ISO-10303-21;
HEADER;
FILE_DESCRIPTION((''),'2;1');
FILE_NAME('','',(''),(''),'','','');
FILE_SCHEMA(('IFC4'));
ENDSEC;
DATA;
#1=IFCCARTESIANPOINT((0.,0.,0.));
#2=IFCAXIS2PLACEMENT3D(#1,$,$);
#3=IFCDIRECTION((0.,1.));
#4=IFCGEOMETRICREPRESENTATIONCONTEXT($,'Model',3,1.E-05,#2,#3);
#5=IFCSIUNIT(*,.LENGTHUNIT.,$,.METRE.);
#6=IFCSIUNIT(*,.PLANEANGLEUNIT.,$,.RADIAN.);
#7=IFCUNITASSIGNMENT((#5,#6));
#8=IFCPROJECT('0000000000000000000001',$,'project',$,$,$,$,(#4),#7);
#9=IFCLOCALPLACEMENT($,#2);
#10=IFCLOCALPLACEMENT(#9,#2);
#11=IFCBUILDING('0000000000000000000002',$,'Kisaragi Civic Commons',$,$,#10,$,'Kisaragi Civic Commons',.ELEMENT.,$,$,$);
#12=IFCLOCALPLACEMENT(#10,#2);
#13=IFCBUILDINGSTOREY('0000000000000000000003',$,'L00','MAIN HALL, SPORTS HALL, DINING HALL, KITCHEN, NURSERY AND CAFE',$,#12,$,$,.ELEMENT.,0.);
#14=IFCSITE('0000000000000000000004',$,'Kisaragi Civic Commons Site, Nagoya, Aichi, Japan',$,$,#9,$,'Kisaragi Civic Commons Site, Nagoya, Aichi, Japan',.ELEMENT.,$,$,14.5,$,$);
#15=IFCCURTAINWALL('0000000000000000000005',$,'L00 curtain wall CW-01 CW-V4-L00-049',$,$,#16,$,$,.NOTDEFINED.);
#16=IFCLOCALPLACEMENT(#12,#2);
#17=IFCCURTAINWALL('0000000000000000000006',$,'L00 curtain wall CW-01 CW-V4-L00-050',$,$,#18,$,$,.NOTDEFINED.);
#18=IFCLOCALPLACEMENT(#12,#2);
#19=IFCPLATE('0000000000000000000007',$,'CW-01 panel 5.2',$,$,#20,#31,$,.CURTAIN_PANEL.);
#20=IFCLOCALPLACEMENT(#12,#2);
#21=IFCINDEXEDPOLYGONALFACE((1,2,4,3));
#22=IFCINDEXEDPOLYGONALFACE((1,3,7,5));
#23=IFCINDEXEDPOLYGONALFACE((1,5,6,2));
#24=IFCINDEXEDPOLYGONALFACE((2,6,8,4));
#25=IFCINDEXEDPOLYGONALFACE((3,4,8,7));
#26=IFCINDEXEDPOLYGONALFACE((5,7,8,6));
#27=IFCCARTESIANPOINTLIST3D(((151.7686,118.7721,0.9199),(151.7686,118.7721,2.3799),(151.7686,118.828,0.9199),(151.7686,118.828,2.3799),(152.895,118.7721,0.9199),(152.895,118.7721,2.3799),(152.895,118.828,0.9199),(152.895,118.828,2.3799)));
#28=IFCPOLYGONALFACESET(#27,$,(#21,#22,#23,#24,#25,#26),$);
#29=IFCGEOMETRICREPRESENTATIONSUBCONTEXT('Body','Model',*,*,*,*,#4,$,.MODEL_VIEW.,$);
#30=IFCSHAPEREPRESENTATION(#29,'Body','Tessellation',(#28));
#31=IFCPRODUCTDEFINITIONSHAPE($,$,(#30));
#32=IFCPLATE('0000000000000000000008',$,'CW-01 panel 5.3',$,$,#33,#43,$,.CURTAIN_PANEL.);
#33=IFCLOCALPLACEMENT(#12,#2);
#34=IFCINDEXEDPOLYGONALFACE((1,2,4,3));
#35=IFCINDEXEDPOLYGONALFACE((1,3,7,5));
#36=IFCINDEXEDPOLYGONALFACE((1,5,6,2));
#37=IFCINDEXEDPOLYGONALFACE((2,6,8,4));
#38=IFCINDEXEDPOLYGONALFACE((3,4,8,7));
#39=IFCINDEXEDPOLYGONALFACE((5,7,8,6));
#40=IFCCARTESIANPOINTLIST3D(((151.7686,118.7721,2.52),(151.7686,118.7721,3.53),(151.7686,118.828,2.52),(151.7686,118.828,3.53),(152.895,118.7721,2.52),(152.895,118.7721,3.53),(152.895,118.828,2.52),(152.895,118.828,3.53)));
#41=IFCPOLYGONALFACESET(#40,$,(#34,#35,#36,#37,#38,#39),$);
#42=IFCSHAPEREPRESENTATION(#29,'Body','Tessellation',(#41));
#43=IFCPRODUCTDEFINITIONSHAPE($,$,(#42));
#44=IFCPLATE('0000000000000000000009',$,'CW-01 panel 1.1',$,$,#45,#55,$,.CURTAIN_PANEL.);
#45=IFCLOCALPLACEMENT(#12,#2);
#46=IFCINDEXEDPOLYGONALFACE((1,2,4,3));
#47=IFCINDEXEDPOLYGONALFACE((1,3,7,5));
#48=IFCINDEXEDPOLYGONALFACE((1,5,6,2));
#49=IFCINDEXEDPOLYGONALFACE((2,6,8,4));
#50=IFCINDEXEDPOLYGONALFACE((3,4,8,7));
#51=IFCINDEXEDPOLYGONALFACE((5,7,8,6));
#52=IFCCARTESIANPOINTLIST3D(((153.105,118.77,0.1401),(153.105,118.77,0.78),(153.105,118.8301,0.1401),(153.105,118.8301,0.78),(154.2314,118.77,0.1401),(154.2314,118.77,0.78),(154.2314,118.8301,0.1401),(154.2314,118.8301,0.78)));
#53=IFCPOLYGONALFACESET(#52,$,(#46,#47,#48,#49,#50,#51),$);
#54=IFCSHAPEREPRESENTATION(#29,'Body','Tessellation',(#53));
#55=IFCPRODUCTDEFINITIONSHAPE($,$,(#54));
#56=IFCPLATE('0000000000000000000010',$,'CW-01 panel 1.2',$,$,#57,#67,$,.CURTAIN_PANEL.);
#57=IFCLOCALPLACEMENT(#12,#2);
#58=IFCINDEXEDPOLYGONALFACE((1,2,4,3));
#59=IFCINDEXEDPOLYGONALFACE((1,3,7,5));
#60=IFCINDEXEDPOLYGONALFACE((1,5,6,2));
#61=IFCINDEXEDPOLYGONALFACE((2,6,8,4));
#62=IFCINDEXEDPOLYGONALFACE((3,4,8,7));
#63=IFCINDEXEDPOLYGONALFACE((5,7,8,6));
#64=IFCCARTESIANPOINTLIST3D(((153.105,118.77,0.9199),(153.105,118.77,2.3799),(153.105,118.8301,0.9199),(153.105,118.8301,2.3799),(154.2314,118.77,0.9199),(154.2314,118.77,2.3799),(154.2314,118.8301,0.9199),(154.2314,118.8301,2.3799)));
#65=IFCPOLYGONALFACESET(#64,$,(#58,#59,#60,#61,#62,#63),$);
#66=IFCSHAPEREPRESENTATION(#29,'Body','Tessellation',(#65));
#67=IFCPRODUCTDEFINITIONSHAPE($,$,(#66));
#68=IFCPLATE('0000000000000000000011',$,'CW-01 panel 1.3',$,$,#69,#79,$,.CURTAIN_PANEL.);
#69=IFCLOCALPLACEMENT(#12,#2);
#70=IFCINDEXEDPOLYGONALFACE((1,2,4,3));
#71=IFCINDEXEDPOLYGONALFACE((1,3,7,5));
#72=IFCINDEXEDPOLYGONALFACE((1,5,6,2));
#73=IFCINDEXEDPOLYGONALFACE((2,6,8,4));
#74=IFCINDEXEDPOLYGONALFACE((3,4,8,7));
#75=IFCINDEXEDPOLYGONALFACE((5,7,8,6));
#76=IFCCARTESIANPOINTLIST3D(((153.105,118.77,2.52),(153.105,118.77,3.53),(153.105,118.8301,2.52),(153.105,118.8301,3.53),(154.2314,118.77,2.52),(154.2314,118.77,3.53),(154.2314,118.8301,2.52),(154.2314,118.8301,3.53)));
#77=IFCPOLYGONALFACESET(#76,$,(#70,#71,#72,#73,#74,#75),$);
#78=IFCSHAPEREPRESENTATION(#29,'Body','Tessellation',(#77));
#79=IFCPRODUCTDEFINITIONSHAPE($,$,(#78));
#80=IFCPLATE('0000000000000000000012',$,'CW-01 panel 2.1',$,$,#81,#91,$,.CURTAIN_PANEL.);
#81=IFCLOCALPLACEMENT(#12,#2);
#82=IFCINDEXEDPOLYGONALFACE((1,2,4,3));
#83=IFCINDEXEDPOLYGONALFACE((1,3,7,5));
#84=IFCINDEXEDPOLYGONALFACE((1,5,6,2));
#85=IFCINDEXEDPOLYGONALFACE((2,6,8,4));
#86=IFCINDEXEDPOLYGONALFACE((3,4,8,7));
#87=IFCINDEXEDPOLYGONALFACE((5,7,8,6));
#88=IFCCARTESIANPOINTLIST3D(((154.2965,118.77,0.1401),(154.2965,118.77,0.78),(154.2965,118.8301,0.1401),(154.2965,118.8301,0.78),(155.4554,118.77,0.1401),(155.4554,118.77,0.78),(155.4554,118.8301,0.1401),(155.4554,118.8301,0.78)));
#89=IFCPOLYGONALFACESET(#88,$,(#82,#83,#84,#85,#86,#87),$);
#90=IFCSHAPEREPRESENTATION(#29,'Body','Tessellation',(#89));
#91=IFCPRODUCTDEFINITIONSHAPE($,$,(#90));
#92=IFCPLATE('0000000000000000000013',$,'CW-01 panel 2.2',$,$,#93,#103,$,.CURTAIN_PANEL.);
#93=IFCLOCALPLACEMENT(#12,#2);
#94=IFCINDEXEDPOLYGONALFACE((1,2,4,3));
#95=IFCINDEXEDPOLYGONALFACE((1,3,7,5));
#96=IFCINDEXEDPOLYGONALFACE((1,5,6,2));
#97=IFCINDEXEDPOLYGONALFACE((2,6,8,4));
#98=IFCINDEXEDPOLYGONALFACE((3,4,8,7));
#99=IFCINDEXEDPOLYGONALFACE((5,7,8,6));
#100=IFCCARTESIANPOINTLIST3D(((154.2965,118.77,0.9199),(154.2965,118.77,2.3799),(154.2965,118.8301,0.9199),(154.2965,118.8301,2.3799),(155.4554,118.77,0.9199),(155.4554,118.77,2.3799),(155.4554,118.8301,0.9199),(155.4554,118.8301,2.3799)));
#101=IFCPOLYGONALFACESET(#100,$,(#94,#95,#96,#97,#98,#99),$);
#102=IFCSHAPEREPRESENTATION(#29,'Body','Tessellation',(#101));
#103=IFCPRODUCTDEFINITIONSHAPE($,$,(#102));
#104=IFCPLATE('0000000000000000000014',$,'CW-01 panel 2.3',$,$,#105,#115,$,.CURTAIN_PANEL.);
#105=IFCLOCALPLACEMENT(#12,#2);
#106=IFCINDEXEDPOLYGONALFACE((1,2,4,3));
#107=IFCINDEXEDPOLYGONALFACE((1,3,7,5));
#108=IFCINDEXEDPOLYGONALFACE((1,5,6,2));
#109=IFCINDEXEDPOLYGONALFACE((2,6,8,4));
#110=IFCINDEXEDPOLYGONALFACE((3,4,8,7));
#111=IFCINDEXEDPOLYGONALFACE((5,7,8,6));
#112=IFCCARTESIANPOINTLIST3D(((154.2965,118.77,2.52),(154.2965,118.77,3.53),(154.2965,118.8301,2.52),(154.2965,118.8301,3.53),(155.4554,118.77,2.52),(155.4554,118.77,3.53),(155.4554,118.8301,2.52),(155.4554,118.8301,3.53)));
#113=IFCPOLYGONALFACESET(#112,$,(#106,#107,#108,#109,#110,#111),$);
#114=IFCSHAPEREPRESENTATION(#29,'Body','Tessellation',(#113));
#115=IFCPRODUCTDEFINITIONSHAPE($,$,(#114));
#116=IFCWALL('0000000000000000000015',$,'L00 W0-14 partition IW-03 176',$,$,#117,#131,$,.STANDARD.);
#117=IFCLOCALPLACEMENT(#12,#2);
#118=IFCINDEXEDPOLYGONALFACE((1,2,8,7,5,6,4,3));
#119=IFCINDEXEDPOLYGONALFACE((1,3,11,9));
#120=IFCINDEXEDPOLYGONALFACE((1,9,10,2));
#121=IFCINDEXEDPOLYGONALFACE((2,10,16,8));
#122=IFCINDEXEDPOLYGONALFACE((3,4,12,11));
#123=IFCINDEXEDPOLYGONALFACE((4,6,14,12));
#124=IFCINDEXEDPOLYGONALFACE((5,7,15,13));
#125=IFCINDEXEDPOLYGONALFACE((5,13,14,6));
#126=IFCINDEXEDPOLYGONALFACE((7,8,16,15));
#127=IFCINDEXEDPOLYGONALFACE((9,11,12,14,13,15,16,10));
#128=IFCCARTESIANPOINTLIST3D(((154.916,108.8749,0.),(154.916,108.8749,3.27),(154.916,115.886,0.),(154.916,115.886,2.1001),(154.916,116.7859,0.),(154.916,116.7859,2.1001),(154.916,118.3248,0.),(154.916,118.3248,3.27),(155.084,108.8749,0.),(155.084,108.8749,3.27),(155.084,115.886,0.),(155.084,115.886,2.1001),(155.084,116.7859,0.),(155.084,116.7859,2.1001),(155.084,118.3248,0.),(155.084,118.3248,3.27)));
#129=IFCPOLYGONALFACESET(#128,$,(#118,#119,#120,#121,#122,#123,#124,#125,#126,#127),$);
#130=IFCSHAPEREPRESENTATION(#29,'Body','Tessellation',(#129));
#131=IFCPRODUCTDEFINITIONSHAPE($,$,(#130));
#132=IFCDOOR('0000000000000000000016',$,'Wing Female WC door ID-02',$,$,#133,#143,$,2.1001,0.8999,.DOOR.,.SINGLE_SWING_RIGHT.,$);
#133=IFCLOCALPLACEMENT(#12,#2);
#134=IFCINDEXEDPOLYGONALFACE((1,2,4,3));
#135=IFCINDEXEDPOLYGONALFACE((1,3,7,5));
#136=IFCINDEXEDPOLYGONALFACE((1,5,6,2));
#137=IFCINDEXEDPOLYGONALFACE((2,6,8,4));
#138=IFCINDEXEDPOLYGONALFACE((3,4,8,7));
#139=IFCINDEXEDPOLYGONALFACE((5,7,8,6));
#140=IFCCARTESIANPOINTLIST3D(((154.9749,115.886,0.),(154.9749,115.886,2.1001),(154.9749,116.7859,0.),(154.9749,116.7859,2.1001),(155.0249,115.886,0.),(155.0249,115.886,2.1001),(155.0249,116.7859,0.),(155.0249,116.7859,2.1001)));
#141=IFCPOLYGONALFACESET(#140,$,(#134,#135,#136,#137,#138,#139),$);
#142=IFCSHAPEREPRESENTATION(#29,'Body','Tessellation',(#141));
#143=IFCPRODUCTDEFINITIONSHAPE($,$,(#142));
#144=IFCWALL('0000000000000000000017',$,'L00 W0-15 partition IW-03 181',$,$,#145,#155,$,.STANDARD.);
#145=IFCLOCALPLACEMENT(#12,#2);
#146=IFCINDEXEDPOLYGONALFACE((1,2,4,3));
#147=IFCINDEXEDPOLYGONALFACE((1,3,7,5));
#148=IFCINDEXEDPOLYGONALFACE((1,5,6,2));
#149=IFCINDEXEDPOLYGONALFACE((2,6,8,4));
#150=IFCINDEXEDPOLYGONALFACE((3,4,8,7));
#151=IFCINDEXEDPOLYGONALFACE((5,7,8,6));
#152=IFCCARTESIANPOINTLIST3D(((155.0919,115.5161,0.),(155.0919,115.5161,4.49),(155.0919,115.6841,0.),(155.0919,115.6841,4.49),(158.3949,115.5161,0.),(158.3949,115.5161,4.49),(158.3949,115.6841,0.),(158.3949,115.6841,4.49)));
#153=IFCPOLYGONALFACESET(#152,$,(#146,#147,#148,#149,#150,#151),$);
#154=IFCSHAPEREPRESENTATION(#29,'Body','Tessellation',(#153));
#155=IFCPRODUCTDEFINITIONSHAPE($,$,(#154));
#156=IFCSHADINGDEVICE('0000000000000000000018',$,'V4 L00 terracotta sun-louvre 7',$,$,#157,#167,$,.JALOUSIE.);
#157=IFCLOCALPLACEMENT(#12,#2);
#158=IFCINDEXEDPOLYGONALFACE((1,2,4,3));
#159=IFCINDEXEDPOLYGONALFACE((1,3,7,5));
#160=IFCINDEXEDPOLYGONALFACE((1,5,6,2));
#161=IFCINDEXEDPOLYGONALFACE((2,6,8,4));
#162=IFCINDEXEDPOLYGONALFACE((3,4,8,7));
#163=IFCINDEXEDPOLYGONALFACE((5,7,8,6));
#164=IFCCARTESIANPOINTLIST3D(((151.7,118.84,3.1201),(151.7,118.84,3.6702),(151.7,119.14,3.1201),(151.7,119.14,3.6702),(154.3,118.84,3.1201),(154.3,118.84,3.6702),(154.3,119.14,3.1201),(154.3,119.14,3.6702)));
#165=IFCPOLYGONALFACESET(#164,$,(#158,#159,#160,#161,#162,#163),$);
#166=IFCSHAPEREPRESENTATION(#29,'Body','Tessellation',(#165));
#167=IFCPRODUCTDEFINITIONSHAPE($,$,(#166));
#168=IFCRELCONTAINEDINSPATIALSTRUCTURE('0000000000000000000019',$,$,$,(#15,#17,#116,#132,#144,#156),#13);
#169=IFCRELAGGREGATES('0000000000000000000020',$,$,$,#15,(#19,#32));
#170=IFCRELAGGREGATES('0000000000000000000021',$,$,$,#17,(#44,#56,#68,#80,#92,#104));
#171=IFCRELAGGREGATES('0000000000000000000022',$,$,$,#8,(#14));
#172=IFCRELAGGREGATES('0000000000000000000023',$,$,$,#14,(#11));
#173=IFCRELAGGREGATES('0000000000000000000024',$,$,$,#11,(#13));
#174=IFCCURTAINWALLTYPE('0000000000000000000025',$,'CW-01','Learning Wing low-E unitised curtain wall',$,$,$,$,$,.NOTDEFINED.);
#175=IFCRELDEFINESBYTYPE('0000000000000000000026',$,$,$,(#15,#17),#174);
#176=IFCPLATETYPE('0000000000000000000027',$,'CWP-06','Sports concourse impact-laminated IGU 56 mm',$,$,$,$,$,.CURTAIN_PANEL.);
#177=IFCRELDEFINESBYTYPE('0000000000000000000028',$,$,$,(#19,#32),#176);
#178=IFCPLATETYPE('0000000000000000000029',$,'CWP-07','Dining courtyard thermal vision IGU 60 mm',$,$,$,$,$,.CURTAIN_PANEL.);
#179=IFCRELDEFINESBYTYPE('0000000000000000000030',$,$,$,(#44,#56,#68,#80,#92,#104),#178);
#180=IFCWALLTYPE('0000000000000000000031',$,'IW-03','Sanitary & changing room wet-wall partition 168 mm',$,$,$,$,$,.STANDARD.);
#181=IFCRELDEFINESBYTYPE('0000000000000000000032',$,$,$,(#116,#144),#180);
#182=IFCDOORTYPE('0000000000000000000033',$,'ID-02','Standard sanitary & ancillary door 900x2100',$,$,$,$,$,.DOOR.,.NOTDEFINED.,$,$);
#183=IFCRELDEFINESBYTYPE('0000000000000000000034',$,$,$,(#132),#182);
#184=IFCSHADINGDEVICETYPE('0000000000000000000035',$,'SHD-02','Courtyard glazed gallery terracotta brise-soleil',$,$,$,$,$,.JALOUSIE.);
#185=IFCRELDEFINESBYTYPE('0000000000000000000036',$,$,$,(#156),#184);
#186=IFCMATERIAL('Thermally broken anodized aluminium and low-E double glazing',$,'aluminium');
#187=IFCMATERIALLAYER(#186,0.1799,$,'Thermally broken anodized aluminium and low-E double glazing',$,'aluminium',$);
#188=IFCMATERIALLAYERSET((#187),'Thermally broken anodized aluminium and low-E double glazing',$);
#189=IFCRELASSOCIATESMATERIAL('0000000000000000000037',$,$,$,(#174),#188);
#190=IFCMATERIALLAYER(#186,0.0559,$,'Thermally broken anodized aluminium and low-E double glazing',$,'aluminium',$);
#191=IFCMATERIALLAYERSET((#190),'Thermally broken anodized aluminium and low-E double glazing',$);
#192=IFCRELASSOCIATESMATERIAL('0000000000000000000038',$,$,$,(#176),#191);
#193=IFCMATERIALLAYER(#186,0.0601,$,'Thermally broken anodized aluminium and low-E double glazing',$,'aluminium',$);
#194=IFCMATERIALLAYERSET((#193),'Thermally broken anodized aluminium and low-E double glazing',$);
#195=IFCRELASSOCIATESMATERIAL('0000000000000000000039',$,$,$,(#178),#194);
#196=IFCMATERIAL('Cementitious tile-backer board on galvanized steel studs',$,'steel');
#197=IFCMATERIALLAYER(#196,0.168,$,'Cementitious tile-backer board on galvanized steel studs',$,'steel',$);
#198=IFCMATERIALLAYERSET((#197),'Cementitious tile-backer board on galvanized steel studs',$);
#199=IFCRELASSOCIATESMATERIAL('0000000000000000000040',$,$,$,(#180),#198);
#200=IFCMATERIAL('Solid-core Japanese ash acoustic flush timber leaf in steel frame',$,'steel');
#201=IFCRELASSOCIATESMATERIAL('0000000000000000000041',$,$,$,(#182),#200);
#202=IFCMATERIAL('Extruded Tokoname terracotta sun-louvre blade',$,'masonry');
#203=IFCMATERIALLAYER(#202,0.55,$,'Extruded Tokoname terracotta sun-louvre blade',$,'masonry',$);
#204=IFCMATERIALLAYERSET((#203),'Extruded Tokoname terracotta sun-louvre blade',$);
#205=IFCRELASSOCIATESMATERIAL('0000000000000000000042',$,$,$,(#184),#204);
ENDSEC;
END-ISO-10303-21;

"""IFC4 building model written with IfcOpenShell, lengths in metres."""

from ifc_helpers import new_model, si_unit, direction, frame, frame_2d, origin, origin_2d, place, context, subcontext, project, spatial, rectangle, extrude, material, layer, layer_set, type_object, element, fill, aggregate, save


model = new_model("IFC4")

# Units and contexts
model_context = context("Model", 3, precision=1e-05, world=origin(), true_north=direction((0.0, 1.0)))
body_context = subcontext(model_context, "Body", "Model", "MODEL_VIEW")
ifc_project = project(units=[si_unit("LENGTHUNIT", "METRE"), si_unit("PLANEANGLEUNIT", "RADIAN")], contexts=[model_context])

# Site, building, storey
site_placement = place(None, origin())
site = spatial("IfcSite", under=ifc_project, at=site_placement, Name="Kisaragi Civic Commons Site, Nagoya, Aichi, Japan", LongName="Kisaragi Civic Commons Site, Nagoya, Aichi, Japan", CompositionType="ELEMENT", RefElevation=14.5)
building_placement = place(site_placement, origin())
building = spatial("IfcBuilding", under=site, at=building_placement, Name="Kisaragi Civic Commons", LongName="Kisaragi Civic Commons", CompositionType="ELEMENT")
storey_placement = place(building_placement, origin())
storey = spatial("IfcBuildingStorey", under=building, at=storey_placement, Name="L00", Description="MAIN HALL, SPORTS HALL, DINING HALL, KITCHEN, NURSERY AND CAFE", CompositionType="ELEMENT", Elevation=0.0)

# Curtain walls
ifc_material_1 = material(Name="Thermally broken anodized aluminium and low-E double glazing", Category="aluminium")
ifc_layer_1 = layer(ifc_material_1, 0.1799, Name="Thermally broken anodized aluminium and low-E double glazing", Category="aluminium")
ifc_layer_set_1 = layer_set([ifc_layer_1], Name="Thermally broken anodized aluminium and low-E double glazing")
curtain_wall_type = type_object("IfcCurtainWallType", Name="CW-01", Description="Learning Wing low-E unitised curtain wall", PredefinedType="NOTDEFINED", material=ifc_layer_set_1)
curtain_wall_1_placement = place(storey_placement, origin())
curtain_wall_1 = element("IfcCurtainWall", 1, at=curtain_wall_1_placement, inside=storey, type_object=curtain_wall_type, Name="L00 curtain wall CW-01 CW-V4-L00-049", PredefinedType="NOTDEFINED")
curtain_wall_2_placement = place(storey_placement, origin())
curtain_wall_2 = element("IfcCurtainWall", 2, at=curtain_wall_2_placement, inside=storey, type_object=curtain_wall_type, Name="L00 curtain wall CW-01 CW-V4-L00-050", PredefinedType="NOTDEFINED")

# Plates
ifc_layer_2 = layer(ifc_material_1, 0.0559, Name="Thermally broken anodized aluminium and low-E double glazing", Category="aluminium")
ifc_layer_set_2 = layer_set([ifc_layer_2], Name="Thermally broken anodized aluminium and low-E double glazing")
plate_type_1 = type_object("IfcPlateType", Name="CWP-06", Description="Sports concourse impact-laminated IGU 56 mm", PredefinedType="CURTAIN_PANEL", material=ifc_layer_set_2)
plate_1_placement = place(storey_placement, frame((152.3318, 118.8, 0.9199), z_axis=(0.0, 0.0, 1.0), x_axis=(1.0, 0.0, 0.0)))
plate_1 = element("IfcPlate", 3, at=plate_1_placement, type_object=plate_type_1, Name="CW-01 panel 5.2", PredefinedType="CURTAIN_PANEL", context=body_context, shape_type="SweptSolid", body=[
    extrude(rectangle(XDim=1.1265, YDim=0.0559, at=origin_2d()), origin(), (0.0, 0.0, 1.0), 1.46),
])
plate_2_placement = place(storey_placement, frame((152.3318, 118.8, 2.52), z_axis=(0.0, 0.0, 1.0), x_axis=(1.0, 0.0, 0.0)))
plate_2 = element("IfcPlate", 4, at=plate_2_placement, type_object=plate_type_1, Name="CW-01 panel 5.3", PredefinedType="CURTAIN_PANEL", context=body_context, shape_type="SweptSolid", body=[
    extrude(rectangle(XDim=1.1265, YDim=0.0559, at=origin_2d()), origin(), (0.0, 0.0, 1.0), 1.01),
])
aggregate(curtain_wall_1, [plate_1, plate_2])
ifc_layer_3 = layer(ifc_material_1, 0.0601, Name="Thermally broken anodized aluminium and low-E double glazing", Category="aluminium")
ifc_layer_set_3 = layer_set([ifc_layer_3], Name="Thermally broken anodized aluminium and low-E double glazing")
plate_type_2 = type_object("IfcPlateType", Name="CWP-07", Description="Dining courtyard thermal vision IGU 60 mm", PredefinedType="CURTAIN_PANEL", material=ifc_layer_set_3)
plate_3_placement = place(storey_placement, frame((153.6682, 118.8, 0.1401), z_axis=(0.0, 0.0, 1.0), x_axis=(1.0, 0.0, 0.0)))
plate_3 = element("IfcPlate", 5, at=plate_3_placement, type_object=plate_type_2, Name="CW-01 panel 1.1", PredefinedType="CURTAIN_PANEL", context=body_context, shape_type="SweptSolid", body=[
    extrude(rectangle(XDim=1.1265, YDim=0.0601, at=origin_2d()), origin(), (0.0, 0.0, 1.0), 0.6399),
])
plate_4_placement = place(storey_placement, frame((153.6682, 118.8, 0.9199), z_axis=(0.0, 0.0, 1.0), x_axis=(1.0, 0.0, 0.0)))
plate_4 = element("IfcPlate", 6, at=plate_4_placement, type_object=plate_type_2, Name="CW-01 panel 1.2", PredefinedType="CURTAIN_PANEL", context=body_context, shape_type="SweptSolid", body=[
    extrude(rectangle(XDim=1.1265, YDim=0.0601, at=origin_2d()), origin(), (0.0, 0.0, 1.0), 1.46),
])
plate_5_placement = place(storey_placement, frame((153.6682, 118.8, 2.52), z_axis=(0.0, 0.0, 1.0), x_axis=(1.0, 0.0, 0.0)))
plate_5 = element("IfcPlate", 7, at=plate_5_placement, type_object=plate_type_2, Name="CW-01 panel 1.3", PredefinedType="CURTAIN_PANEL", context=body_context, shape_type="SweptSolid", body=[
    extrude(rectangle(XDim=1.1265, YDim=0.0601, at=origin_2d()), origin(), (0.0, 0.0, 1.0), 1.01),
])
plate_6_placement = place(storey_placement, frame((154.876, 118.8, 0.1401), z_axis=(0.0, 0.0, 1.0), x_axis=(1.0, 0.0, 0.0)))
plate_6 = element("IfcPlate", 8, at=plate_6_placement, type_object=plate_type_2, Name="CW-01 panel 2.1", PredefinedType="CURTAIN_PANEL", context=body_context, shape_type="SweptSolid", body=[
    extrude(rectangle(XDim=1.1589, YDim=0.0601, at=origin_2d()), origin(), (0.0, 0.0, 1.0), 0.6399),
])
plate_7_placement = place(storey_placement, frame((154.876, 118.8, 0.9199), z_axis=(0.0, 0.0, 1.0), x_axis=(1.0, 0.0, 0.0)))
plate_7 = element("IfcPlate", 9, at=plate_7_placement, type_object=plate_type_2, Name="CW-01 panel 2.2", PredefinedType="CURTAIN_PANEL", context=body_context, shape_type="SweptSolid", body=[
    extrude(rectangle(XDim=1.1589, YDim=0.0601, at=origin_2d()), origin(), (0.0, 0.0, 1.0), 1.46),
])
plate_8_placement = place(storey_placement, frame((154.876, 118.8, 2.52), z_axis=(0.0, 0.0, 1.0), x_axis=(1.0, 0.0, 0.0)))
plate_8 = element("IfcPlate", 10, at=plate_8_placement, type_object=plate_type_2, Name="CW-01 panel 2.3", PredefinedType="CURTAIN_PANEL", context=body_context, shape_type="SweptSolid", body=[
    extrude(rectangle(XDim=1.1589, YDim=0.0601, at=origin_2d()), origin(), (0.0, 0.0, 1.0), 1.01),
])
aggregate(curtain_wall_2, [plate_3, plate_4, plate_5, plate_6, plate_7, plate_8])

# Wall, opening, door
ifc_material_2 = material(Name="Cementitious tile-backer board on galvanized steel studs", Category="steel")
ifc_layer_4 = layer(ifc_material_2, 0.168, Name="Cementitious tile-backer board on galvanized steel studs", Category="steel")
ifc_layer_set_4 = layer_set([ifc_layer_4], Name="Cementitious tile-backer board on galvanized steel studs")
wall_type = type_object("IfcWallType", Name="IW-03", Description="Sanitary & changing room wet-wall partition 168 mm", PredefinedType="STANDARD", material=ifc_layer_set_4)
wall_1_placement = place(storey_placement, frame((155.0, 118.325, 0.0), z_axis=(0.0, 0.0, 1.0), x_axis=(0.0, -1.0, 0.0)))
wall_1 = element("IfcWall", 11, at=wall_1_placement, inside=storey, type_object=wall_type, Name="L00 W0-14 partition IW-03 176", PredefinedType="STANDARD", context=body_context, shape_type="SweptSolid", body=[
    extrude(rectangle(XDim=9.45, YDim=0.168, at=frame_2d((4.7251, 0.0))), origin(), (0.0, 0.0, 1.0), 3.27),
])
opening_placement = place(wall_1_placement, frame((1.5391, 0.0, 0.0)))
opening = element("IfcOpeningElement", 12, at=opening_placement, cuts=wall_1, PredefinedType="OPENING", context=body_context, shape_type="SweptSolid", body=[
    extrude(rectangle(XDim=0.8999, YDim=2.1001, at=frame_2d((0.45, 1.05))), frame((0.0, 0.094, 0.0), z_axis=(0.0, -1.0, 0.0), x_axis=(1.0, 0.0, 0.0)), (0.0, 0.0, 1.0), 0.188),
])
ifc_material_3 = material(Name="Solid-core Japanese ash acoustic flush timber leaf in steel frame", Category="steel")
door_type = type_object("IfcDoorType", Name="ID-02", Description="Standard sanitary & ancillary door 900x2100", OperationType="NOTDEFINED", PredefinedType="DOOR", material=ifc_material_3)
door_placement = place(opening_placement, origin())
door = element("IfcDoor", 13, at=door_placement, inside=storey, type_object=door_type, Name="Wing Female WC door ID-02", OperationType="SINGLE_SWING_RIGHT", OverallHeight=2.1001, OverallWidth=0.8999, PredefinedType="DOOR", context=body_context, shape_type="SweptSolid", body=[
    extrude(rectangle(XDim=0.8999, YDim=2.1001, at=frame_2d((0.45, 1.05))), frame((0.0, 0.0249, 0.0), z_axis=(0.0, -1.0, 0.0), x_axis=(1.0, 0.0, 0.0)), (0.0, 0.0, 1.0), 0.05),
])
fill(opening, door)

# Wall
wall_2_placement = place(storey_placement, frame((155.092, 115.6001, 0.0), z_axis=(0.0, 0.0, 1.0), x_axis=(1.0, 0.0, 0.0)))
element("IfcWall", 14, at=wall_2_placement, inside=storey, type_object=wall_type, Name="L00 W0-15 partition IW-03 181", PredefinedType="STANDARD", context=body_context, shape_type="SweptSolid", body=[
    extrude(rectangle(XDim=3.303, YDim=0.168, at=frame_2d((1.6514, 0.0))), origin(), (0.0, 0.0, 1.0), 4.49),
])

# Shading device
ifc_material_4 = material(Name="Extruded Tokoname terracotta sun-louvre blade", Category="masonry")
ifc_layer_5 = layer(ifc_material_4, 0.55, Name="Extruded Tokoname terracotta sun-louvre blade", Category="masonry")
ifc_layer_set_5 = layer_set([ifc_layer_5], Name="Extruded Tokoname terracotta sun-louvre blade")
shading_device_type = type_object("IfcShadingDeviceType", Name="SHD-02", Description="Courtyard glazed gallery terracotta brise-soleil", PredefinedType="JALOUSIE", material=ifc_layer_set_5)
shading_device_placement = place(storey_placement, frame((153.0, 118.99, 3.1201), z_axis=(0.0, 0.0, 1.0), x_axis=(1.0, 0.0, 0.0)))
element("IfcShadingDevice", 15, at=shading_device_placement, inside=storey, type_object=shading_device_type, Name="V4 L00 terracotta sun-louvre 7", PredefinedType="JALOUSIE", context=body_context, shape_type="SweptSolid", body=[
    extrude(rectangle(XDim=2.6001, YDim=0.3, at=origin_2d()), origin(), (0.0, 0.0, 1.0), 0.55),
])

save(model, "model.ifc")
